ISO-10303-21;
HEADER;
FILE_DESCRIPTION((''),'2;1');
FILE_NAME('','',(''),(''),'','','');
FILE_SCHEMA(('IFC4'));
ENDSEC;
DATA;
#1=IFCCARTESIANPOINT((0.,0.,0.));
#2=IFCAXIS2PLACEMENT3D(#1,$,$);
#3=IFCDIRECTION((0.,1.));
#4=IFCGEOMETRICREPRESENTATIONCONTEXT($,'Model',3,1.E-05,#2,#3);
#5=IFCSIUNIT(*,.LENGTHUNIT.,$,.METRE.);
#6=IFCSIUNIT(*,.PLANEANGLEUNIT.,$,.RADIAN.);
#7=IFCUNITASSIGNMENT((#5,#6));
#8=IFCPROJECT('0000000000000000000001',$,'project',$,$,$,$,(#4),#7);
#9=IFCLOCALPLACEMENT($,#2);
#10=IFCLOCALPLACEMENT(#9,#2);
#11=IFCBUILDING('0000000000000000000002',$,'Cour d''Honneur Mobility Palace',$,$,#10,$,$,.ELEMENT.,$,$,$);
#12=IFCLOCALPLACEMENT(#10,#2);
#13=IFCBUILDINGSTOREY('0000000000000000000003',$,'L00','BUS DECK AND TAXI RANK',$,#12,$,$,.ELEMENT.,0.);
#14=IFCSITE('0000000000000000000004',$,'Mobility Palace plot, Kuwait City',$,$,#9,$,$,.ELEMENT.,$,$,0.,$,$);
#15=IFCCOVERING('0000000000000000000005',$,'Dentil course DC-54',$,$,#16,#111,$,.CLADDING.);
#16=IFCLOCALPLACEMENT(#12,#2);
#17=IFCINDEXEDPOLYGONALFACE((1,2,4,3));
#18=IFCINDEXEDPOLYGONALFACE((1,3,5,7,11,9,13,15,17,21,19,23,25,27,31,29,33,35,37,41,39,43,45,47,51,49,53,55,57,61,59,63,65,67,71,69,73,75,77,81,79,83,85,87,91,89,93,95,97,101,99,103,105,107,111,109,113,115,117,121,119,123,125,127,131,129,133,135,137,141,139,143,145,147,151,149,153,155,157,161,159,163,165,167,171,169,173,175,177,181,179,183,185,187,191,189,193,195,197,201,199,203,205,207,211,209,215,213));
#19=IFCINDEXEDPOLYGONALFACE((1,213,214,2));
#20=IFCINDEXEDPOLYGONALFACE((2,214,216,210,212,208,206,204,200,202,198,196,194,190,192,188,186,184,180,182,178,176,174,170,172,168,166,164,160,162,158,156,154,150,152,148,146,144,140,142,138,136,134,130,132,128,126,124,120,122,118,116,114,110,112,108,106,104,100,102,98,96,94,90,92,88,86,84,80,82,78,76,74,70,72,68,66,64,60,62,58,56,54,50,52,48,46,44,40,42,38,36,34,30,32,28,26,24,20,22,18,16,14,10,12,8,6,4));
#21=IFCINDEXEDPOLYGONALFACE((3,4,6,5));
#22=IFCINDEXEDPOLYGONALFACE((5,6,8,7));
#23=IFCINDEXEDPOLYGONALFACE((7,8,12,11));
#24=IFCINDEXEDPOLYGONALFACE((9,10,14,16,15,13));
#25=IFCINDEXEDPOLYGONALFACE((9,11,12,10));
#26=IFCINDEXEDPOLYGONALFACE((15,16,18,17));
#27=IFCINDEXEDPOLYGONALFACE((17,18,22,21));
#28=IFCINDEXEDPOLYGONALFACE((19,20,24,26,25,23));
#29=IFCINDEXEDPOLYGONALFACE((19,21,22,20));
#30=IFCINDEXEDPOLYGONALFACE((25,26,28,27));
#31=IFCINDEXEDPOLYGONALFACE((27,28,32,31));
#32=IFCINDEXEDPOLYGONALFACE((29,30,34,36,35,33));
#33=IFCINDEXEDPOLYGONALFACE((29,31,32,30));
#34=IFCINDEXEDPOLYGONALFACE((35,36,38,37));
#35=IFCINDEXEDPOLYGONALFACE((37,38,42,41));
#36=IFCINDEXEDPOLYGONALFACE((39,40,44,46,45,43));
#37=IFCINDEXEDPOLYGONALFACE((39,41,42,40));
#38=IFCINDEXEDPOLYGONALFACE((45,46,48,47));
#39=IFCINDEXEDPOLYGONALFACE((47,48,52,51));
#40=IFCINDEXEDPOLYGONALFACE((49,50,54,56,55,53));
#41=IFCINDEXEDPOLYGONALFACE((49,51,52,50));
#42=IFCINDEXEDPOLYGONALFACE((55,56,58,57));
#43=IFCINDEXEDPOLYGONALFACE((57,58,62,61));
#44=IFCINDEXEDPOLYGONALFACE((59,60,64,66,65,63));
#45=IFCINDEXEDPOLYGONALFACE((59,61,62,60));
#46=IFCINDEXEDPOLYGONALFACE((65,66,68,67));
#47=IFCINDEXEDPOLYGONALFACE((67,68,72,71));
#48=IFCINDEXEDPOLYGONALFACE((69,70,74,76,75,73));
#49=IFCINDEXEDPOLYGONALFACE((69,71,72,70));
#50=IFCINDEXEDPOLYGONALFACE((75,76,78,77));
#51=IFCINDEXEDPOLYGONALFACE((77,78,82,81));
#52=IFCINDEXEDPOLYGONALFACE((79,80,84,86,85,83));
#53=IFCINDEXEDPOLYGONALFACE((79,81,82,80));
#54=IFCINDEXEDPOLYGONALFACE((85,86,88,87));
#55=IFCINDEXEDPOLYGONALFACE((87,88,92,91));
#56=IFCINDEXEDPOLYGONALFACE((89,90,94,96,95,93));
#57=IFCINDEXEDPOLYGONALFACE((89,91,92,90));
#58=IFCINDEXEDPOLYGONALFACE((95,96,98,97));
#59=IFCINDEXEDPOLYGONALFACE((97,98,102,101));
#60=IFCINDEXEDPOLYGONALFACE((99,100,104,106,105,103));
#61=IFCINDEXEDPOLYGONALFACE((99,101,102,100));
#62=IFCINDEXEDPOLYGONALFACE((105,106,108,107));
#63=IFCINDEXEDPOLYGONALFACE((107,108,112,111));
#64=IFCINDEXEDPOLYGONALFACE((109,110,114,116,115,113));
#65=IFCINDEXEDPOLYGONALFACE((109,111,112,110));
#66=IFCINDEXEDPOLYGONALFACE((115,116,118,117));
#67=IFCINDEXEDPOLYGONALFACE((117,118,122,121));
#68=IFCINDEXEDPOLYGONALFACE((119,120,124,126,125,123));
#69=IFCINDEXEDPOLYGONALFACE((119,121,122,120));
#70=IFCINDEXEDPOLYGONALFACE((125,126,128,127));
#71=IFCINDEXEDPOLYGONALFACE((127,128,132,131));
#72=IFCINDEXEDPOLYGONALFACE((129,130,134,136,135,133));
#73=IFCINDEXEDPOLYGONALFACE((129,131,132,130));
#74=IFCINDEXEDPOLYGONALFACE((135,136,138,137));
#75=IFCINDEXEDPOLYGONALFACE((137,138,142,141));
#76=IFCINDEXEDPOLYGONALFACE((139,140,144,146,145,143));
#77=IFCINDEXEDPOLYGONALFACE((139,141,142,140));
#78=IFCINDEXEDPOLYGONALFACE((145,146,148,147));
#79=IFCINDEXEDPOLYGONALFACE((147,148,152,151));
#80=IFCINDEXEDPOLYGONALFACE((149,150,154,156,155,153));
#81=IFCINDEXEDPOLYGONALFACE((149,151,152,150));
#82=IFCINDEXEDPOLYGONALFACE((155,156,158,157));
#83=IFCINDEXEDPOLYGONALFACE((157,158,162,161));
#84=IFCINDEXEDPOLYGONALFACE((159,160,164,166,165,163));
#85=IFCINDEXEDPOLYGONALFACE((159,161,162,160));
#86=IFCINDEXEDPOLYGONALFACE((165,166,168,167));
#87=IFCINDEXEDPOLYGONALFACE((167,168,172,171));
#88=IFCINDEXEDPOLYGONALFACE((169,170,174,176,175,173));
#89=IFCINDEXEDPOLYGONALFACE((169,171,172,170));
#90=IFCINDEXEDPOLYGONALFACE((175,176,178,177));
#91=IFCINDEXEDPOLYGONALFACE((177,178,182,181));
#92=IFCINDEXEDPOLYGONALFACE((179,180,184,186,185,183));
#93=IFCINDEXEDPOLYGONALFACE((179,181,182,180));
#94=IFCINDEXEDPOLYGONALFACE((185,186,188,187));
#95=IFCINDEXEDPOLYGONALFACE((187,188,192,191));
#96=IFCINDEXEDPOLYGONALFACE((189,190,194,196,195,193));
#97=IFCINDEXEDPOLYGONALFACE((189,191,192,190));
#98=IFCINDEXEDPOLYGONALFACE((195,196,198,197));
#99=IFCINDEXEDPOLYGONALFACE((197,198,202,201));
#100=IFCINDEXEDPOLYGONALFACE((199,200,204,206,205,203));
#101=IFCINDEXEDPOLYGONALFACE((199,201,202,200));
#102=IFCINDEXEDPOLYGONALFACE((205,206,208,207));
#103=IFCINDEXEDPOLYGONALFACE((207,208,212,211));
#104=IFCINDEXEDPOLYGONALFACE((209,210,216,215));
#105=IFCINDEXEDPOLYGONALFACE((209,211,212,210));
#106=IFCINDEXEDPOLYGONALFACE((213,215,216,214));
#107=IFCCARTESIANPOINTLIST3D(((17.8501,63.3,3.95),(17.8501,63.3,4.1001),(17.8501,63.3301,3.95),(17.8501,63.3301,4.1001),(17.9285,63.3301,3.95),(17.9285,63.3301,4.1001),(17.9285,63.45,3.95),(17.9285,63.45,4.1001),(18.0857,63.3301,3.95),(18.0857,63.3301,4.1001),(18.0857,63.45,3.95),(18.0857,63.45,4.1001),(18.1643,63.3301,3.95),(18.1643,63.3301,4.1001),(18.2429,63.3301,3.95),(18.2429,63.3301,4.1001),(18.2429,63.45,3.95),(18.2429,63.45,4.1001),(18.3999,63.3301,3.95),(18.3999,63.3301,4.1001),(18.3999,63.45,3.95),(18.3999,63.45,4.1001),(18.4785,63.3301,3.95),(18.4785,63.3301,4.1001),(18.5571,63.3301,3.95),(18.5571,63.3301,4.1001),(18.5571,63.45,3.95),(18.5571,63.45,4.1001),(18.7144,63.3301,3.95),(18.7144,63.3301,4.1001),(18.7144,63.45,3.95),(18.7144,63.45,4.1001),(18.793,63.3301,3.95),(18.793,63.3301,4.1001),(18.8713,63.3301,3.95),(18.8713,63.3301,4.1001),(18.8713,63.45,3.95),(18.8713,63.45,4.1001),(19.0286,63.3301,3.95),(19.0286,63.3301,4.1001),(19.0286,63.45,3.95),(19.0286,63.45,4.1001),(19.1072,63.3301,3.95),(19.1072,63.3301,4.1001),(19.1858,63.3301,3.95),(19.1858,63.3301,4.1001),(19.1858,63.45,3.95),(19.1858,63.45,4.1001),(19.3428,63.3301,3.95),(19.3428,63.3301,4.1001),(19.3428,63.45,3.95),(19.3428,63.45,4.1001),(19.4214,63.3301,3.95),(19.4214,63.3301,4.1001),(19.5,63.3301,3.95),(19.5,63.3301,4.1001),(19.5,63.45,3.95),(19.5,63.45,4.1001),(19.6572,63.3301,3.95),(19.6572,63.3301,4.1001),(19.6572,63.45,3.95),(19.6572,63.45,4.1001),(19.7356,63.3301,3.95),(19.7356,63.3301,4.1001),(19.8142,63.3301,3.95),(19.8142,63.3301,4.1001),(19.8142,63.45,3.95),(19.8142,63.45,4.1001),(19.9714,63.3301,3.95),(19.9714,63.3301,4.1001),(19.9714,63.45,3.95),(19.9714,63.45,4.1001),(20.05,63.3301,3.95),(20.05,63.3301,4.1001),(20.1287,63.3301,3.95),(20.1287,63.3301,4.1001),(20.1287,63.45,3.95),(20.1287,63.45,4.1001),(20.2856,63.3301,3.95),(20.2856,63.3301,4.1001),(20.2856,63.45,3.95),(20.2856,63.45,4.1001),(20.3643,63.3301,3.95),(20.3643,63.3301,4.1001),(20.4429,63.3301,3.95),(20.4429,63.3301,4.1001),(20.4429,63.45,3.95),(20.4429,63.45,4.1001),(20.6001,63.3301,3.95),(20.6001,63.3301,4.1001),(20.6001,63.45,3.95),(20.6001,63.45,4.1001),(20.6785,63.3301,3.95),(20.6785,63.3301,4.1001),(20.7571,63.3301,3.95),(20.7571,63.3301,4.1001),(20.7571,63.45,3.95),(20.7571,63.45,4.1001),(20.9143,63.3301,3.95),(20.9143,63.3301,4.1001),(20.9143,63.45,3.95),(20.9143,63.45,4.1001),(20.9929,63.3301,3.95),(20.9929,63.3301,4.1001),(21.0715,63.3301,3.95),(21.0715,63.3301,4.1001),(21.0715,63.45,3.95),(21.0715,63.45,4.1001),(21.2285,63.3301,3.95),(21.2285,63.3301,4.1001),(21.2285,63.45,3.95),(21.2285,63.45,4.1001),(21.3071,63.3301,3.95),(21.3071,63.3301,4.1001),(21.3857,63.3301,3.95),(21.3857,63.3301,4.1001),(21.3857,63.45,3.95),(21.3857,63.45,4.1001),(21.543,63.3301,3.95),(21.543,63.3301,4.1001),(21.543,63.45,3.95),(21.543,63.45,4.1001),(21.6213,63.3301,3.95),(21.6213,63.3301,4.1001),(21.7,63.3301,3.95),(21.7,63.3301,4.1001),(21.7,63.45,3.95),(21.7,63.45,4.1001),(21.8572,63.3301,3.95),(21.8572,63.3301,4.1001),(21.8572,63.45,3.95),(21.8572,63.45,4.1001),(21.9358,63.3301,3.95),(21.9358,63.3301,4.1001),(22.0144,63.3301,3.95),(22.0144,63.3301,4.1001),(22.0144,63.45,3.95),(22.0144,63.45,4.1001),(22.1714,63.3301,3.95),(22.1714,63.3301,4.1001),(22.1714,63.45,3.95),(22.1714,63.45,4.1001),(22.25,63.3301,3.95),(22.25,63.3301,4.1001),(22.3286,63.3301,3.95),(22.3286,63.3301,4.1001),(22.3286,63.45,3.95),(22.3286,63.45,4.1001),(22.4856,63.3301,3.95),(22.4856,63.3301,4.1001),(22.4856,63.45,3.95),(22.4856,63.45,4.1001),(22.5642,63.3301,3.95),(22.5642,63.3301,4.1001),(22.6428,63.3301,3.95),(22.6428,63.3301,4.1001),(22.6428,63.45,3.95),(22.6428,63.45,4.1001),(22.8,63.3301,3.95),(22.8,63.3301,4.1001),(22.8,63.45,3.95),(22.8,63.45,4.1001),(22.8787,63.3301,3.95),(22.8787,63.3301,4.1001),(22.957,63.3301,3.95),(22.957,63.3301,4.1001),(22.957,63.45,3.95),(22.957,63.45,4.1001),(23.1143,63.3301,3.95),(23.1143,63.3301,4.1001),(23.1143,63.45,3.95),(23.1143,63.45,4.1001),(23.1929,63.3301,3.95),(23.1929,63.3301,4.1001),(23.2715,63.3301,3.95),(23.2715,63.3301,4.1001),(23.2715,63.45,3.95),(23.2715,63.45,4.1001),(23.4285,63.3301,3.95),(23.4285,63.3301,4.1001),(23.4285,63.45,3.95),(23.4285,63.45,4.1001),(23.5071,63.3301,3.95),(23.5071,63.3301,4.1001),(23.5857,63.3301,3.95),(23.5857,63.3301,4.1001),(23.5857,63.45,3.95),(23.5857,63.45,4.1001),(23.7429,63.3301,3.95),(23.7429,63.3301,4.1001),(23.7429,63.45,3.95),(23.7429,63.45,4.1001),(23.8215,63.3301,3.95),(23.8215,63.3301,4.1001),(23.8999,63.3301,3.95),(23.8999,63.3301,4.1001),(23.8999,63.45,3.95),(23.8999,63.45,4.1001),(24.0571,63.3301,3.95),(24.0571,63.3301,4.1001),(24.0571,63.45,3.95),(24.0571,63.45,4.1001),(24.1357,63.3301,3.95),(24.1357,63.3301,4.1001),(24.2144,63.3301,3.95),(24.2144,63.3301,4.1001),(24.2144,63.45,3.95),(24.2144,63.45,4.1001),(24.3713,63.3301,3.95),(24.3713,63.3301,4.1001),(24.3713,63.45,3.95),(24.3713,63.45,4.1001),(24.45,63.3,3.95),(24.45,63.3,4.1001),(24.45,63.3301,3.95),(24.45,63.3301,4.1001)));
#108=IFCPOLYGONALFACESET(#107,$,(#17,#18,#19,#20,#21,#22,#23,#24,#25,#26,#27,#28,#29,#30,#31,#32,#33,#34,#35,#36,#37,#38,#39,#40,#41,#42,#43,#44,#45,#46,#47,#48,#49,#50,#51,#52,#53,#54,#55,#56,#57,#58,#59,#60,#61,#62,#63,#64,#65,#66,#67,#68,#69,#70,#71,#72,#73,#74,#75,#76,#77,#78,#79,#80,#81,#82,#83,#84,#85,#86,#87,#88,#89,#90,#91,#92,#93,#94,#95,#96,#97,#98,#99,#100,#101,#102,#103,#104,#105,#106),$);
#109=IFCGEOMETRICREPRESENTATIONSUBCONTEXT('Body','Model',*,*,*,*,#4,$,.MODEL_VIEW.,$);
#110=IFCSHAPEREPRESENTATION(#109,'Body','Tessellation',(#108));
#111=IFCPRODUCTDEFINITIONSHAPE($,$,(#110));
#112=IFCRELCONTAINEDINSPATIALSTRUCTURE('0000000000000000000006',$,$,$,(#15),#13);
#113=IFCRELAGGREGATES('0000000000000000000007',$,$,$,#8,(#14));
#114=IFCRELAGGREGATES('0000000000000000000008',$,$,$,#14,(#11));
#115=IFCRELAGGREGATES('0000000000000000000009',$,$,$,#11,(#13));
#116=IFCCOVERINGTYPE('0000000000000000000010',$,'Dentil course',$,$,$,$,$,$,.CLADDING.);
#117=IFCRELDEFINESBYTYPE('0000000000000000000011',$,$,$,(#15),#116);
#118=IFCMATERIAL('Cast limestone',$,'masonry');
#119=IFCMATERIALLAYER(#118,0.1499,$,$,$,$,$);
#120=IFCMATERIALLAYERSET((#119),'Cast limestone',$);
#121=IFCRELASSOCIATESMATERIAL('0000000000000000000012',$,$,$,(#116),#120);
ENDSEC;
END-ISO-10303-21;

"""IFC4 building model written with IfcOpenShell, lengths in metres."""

from ifc_helpers import new_model, si_unit, direction, frame, origin, place, context, subcontext, project, spatial, polyline, outline, extrude, material, layer, layer_set, type_object, element, save


model = new_model("IFC4")

# Units and contexts
model_context = context("Model", 3, precision=1e-05, world=origin(), true_north=direction((0.0, 1.0)))
body_context = subcontext(model_context, "Body", "Model", "MODEL_VIEW")
ifc_project = project(units=[si_unit("LENGTHUNIT", "METRE"), si_unit("PLANEANGLEUNIT", "RADIAN")], contexts=[model_context])

# Site, building, storey
site_placement = place(None, origin())
site = spatial("IfcSite", under=ifc_project, at=site_placement, Name="Mobility Palace plot, Kuwait City", CompositionType="ELEMENT", RefElevation=0.0)
building_placement = place(site_placement, origin())
building = spatial("IfcBuilding", under=site, at=building_placement, Name="Cour d'Honneur Mobility Palace", CompositionType="ELEMENT")
storey_placement = place(building_placement, origin())
storey = spatial("IfcBuildingStorey", under=building, at=storey_placement, Name="L00", Description="BUS DECK AND TAXI RANK", CompositionType="ELEMENT", Elevation=0.0)

# Covering
ifc_material = material(Name="Cast limestone", Category="masonry")
ifc_layer = layer(ifc_material, 0.1499)
ifc_layer_set = layer_set([ifc_layer], Name="Cast limestone")
covering_type = type_object("IfcCoveringType", Name="Dentil course", PredefinedType="CLADDING", material=ifc_layer_set)
covering_1_placement = place(storey_placement, frame((0.0, 0.0, 3.95)))
element("IfcCovering", 1, at=covering_1_placement, inside=storey, type_object=covering_type, Name="Dentil course DC-54", PredefinedType="CLADDING", context=body_context, shape_type="SweptSolid", body=[
    extrude(outline(polyline([(24.45, 63.3), (17.8501, 63.3), (17.8501, 63.3301), (17.8501, 63.3301), (17.9285, 63.3301), (17.9285, 63.45), (18.0857, 63.45), (18.0857, 63.3301), (18.1643, 63.3301), (18.1643, 63.3301), (18.2429, 63.3301), (18.2429, 63.45), (18.3999, 63.45), (18.3999, 63.3301), (18.4785, 63.3301), (18.4785, 63.3301), (18.5571, 63.3301), (18.5571, 63.45), (18.7144, 63.45), (18.7144, 63.3301), (18.793, 63.3301), (18.793, 63.3301), (18.8713, 63.3301), (18.8713, 63.45), (19.0286, 63.45), (19.0286, 63.3301), (19.1072, 63.3301), (19.1072, 63.3301), (19.1858, 63.3301), (19.1858, 63.45), (19.3428, 63.45), (19.3428, 63.3301), (19.4214, 63.3301), (19.4214, 63.3301), (19.5, 63.3301), (19.5, 63.45), (19.6572, 63.45), (19.6572, 63.3301), (19.7356, 63.3301), (19.7356, 63.3301), (19.8142, 63.3301), (19.8142, 63.45), (19.9714, 63.45), (19.9714, 63.3301), (20.05, 63.3301), (20.05, 63.3301), (20.1287, 63.3301), (20.1287, 63.45), (20.2856, 63.45), (20.2856, 63.3301), (20.3643, 63.3301), (20.3643, 63.3301), (20.4429, 63.3301), (20.4429, 63.45), (20.6001, 63.45), (20.6001, 63.3301), (20.6785, 63.3301), (20.6785, 63.3301), (20.7571, 63.3301), (20.7571, 63.45), (20.9143, 63.45), (20.9143, 63.3301), (20.9929, 63.3301), (20.9929, 63.3301), (21.0715, 63.3301), (21.0715, 63.45), (21.2285, 63.45), (21.2285, 63.3301), (21.3071, 63.3301), (21.3071, 63.3301), (21.3857, 63.3301), (21.3857, 63.45), (21.543, 63.45), (21.543, 63.3301), (21.6213, 63.3301), (21.6213, 63.3301), (21.7, 63.3301), (21.7, 63.45), (21.8572, 63.45), (21.8572, 63.3301), (21.9358, 63.3301), (21.9358, 63.3301), (22.0144, 63.3301), (22.0144, 63.45), (22.1714, 63.45), (22.1714, 63.3301), (22.25, 63.3301), (22.25, 63.3301), (22.3286, 63.3301), (22.3286, 63.45), (22.4856, 63.45), (22.4856, 63.3301), (22.5642, 63.3301), (22.5642, 63.3301), (22.6428, 63.3301), (22.6428, 63.45), (22.8, 63.45), (22.8, 63.3301), (22.8787, 63.3301), (22.8787, 63.3301), (22.957, 63.3301), (22.957, 63.45), (23.1143, 63.45), (23.1143, 63.3301), (23.1929, 63.3301), (23.1929, 63.3301), (23.2715, 63.3301), (23.2715, 63.45), (23.4285, 63.45), (23.4285, 63.3301), (23.5071, 63.3301), (23.5071, 63.3301), (23.5857, 63.3301), (23.5857, 63.45), (23.7429, 63.45), (23.7429, 63.3301), (23.8215, 63.3301), (23.8215, 63.3301), (23.8999, 63.3301), (23.8999, 63.45), (24.0571, 63.45), (24.0571, 63.3301), (24.1357, 63.3301), (24.1357, 63.3301), (24.2144, 63.3301), (24.2144, 63.45), (24.3713, 63.45), (24.3713, 63.3301), (24.45, 63.3301), (24.45, 63.3)])), origin(), (0.0, 0.0, 1.0), 0.1501),
])

save(model, "model.ifc")
